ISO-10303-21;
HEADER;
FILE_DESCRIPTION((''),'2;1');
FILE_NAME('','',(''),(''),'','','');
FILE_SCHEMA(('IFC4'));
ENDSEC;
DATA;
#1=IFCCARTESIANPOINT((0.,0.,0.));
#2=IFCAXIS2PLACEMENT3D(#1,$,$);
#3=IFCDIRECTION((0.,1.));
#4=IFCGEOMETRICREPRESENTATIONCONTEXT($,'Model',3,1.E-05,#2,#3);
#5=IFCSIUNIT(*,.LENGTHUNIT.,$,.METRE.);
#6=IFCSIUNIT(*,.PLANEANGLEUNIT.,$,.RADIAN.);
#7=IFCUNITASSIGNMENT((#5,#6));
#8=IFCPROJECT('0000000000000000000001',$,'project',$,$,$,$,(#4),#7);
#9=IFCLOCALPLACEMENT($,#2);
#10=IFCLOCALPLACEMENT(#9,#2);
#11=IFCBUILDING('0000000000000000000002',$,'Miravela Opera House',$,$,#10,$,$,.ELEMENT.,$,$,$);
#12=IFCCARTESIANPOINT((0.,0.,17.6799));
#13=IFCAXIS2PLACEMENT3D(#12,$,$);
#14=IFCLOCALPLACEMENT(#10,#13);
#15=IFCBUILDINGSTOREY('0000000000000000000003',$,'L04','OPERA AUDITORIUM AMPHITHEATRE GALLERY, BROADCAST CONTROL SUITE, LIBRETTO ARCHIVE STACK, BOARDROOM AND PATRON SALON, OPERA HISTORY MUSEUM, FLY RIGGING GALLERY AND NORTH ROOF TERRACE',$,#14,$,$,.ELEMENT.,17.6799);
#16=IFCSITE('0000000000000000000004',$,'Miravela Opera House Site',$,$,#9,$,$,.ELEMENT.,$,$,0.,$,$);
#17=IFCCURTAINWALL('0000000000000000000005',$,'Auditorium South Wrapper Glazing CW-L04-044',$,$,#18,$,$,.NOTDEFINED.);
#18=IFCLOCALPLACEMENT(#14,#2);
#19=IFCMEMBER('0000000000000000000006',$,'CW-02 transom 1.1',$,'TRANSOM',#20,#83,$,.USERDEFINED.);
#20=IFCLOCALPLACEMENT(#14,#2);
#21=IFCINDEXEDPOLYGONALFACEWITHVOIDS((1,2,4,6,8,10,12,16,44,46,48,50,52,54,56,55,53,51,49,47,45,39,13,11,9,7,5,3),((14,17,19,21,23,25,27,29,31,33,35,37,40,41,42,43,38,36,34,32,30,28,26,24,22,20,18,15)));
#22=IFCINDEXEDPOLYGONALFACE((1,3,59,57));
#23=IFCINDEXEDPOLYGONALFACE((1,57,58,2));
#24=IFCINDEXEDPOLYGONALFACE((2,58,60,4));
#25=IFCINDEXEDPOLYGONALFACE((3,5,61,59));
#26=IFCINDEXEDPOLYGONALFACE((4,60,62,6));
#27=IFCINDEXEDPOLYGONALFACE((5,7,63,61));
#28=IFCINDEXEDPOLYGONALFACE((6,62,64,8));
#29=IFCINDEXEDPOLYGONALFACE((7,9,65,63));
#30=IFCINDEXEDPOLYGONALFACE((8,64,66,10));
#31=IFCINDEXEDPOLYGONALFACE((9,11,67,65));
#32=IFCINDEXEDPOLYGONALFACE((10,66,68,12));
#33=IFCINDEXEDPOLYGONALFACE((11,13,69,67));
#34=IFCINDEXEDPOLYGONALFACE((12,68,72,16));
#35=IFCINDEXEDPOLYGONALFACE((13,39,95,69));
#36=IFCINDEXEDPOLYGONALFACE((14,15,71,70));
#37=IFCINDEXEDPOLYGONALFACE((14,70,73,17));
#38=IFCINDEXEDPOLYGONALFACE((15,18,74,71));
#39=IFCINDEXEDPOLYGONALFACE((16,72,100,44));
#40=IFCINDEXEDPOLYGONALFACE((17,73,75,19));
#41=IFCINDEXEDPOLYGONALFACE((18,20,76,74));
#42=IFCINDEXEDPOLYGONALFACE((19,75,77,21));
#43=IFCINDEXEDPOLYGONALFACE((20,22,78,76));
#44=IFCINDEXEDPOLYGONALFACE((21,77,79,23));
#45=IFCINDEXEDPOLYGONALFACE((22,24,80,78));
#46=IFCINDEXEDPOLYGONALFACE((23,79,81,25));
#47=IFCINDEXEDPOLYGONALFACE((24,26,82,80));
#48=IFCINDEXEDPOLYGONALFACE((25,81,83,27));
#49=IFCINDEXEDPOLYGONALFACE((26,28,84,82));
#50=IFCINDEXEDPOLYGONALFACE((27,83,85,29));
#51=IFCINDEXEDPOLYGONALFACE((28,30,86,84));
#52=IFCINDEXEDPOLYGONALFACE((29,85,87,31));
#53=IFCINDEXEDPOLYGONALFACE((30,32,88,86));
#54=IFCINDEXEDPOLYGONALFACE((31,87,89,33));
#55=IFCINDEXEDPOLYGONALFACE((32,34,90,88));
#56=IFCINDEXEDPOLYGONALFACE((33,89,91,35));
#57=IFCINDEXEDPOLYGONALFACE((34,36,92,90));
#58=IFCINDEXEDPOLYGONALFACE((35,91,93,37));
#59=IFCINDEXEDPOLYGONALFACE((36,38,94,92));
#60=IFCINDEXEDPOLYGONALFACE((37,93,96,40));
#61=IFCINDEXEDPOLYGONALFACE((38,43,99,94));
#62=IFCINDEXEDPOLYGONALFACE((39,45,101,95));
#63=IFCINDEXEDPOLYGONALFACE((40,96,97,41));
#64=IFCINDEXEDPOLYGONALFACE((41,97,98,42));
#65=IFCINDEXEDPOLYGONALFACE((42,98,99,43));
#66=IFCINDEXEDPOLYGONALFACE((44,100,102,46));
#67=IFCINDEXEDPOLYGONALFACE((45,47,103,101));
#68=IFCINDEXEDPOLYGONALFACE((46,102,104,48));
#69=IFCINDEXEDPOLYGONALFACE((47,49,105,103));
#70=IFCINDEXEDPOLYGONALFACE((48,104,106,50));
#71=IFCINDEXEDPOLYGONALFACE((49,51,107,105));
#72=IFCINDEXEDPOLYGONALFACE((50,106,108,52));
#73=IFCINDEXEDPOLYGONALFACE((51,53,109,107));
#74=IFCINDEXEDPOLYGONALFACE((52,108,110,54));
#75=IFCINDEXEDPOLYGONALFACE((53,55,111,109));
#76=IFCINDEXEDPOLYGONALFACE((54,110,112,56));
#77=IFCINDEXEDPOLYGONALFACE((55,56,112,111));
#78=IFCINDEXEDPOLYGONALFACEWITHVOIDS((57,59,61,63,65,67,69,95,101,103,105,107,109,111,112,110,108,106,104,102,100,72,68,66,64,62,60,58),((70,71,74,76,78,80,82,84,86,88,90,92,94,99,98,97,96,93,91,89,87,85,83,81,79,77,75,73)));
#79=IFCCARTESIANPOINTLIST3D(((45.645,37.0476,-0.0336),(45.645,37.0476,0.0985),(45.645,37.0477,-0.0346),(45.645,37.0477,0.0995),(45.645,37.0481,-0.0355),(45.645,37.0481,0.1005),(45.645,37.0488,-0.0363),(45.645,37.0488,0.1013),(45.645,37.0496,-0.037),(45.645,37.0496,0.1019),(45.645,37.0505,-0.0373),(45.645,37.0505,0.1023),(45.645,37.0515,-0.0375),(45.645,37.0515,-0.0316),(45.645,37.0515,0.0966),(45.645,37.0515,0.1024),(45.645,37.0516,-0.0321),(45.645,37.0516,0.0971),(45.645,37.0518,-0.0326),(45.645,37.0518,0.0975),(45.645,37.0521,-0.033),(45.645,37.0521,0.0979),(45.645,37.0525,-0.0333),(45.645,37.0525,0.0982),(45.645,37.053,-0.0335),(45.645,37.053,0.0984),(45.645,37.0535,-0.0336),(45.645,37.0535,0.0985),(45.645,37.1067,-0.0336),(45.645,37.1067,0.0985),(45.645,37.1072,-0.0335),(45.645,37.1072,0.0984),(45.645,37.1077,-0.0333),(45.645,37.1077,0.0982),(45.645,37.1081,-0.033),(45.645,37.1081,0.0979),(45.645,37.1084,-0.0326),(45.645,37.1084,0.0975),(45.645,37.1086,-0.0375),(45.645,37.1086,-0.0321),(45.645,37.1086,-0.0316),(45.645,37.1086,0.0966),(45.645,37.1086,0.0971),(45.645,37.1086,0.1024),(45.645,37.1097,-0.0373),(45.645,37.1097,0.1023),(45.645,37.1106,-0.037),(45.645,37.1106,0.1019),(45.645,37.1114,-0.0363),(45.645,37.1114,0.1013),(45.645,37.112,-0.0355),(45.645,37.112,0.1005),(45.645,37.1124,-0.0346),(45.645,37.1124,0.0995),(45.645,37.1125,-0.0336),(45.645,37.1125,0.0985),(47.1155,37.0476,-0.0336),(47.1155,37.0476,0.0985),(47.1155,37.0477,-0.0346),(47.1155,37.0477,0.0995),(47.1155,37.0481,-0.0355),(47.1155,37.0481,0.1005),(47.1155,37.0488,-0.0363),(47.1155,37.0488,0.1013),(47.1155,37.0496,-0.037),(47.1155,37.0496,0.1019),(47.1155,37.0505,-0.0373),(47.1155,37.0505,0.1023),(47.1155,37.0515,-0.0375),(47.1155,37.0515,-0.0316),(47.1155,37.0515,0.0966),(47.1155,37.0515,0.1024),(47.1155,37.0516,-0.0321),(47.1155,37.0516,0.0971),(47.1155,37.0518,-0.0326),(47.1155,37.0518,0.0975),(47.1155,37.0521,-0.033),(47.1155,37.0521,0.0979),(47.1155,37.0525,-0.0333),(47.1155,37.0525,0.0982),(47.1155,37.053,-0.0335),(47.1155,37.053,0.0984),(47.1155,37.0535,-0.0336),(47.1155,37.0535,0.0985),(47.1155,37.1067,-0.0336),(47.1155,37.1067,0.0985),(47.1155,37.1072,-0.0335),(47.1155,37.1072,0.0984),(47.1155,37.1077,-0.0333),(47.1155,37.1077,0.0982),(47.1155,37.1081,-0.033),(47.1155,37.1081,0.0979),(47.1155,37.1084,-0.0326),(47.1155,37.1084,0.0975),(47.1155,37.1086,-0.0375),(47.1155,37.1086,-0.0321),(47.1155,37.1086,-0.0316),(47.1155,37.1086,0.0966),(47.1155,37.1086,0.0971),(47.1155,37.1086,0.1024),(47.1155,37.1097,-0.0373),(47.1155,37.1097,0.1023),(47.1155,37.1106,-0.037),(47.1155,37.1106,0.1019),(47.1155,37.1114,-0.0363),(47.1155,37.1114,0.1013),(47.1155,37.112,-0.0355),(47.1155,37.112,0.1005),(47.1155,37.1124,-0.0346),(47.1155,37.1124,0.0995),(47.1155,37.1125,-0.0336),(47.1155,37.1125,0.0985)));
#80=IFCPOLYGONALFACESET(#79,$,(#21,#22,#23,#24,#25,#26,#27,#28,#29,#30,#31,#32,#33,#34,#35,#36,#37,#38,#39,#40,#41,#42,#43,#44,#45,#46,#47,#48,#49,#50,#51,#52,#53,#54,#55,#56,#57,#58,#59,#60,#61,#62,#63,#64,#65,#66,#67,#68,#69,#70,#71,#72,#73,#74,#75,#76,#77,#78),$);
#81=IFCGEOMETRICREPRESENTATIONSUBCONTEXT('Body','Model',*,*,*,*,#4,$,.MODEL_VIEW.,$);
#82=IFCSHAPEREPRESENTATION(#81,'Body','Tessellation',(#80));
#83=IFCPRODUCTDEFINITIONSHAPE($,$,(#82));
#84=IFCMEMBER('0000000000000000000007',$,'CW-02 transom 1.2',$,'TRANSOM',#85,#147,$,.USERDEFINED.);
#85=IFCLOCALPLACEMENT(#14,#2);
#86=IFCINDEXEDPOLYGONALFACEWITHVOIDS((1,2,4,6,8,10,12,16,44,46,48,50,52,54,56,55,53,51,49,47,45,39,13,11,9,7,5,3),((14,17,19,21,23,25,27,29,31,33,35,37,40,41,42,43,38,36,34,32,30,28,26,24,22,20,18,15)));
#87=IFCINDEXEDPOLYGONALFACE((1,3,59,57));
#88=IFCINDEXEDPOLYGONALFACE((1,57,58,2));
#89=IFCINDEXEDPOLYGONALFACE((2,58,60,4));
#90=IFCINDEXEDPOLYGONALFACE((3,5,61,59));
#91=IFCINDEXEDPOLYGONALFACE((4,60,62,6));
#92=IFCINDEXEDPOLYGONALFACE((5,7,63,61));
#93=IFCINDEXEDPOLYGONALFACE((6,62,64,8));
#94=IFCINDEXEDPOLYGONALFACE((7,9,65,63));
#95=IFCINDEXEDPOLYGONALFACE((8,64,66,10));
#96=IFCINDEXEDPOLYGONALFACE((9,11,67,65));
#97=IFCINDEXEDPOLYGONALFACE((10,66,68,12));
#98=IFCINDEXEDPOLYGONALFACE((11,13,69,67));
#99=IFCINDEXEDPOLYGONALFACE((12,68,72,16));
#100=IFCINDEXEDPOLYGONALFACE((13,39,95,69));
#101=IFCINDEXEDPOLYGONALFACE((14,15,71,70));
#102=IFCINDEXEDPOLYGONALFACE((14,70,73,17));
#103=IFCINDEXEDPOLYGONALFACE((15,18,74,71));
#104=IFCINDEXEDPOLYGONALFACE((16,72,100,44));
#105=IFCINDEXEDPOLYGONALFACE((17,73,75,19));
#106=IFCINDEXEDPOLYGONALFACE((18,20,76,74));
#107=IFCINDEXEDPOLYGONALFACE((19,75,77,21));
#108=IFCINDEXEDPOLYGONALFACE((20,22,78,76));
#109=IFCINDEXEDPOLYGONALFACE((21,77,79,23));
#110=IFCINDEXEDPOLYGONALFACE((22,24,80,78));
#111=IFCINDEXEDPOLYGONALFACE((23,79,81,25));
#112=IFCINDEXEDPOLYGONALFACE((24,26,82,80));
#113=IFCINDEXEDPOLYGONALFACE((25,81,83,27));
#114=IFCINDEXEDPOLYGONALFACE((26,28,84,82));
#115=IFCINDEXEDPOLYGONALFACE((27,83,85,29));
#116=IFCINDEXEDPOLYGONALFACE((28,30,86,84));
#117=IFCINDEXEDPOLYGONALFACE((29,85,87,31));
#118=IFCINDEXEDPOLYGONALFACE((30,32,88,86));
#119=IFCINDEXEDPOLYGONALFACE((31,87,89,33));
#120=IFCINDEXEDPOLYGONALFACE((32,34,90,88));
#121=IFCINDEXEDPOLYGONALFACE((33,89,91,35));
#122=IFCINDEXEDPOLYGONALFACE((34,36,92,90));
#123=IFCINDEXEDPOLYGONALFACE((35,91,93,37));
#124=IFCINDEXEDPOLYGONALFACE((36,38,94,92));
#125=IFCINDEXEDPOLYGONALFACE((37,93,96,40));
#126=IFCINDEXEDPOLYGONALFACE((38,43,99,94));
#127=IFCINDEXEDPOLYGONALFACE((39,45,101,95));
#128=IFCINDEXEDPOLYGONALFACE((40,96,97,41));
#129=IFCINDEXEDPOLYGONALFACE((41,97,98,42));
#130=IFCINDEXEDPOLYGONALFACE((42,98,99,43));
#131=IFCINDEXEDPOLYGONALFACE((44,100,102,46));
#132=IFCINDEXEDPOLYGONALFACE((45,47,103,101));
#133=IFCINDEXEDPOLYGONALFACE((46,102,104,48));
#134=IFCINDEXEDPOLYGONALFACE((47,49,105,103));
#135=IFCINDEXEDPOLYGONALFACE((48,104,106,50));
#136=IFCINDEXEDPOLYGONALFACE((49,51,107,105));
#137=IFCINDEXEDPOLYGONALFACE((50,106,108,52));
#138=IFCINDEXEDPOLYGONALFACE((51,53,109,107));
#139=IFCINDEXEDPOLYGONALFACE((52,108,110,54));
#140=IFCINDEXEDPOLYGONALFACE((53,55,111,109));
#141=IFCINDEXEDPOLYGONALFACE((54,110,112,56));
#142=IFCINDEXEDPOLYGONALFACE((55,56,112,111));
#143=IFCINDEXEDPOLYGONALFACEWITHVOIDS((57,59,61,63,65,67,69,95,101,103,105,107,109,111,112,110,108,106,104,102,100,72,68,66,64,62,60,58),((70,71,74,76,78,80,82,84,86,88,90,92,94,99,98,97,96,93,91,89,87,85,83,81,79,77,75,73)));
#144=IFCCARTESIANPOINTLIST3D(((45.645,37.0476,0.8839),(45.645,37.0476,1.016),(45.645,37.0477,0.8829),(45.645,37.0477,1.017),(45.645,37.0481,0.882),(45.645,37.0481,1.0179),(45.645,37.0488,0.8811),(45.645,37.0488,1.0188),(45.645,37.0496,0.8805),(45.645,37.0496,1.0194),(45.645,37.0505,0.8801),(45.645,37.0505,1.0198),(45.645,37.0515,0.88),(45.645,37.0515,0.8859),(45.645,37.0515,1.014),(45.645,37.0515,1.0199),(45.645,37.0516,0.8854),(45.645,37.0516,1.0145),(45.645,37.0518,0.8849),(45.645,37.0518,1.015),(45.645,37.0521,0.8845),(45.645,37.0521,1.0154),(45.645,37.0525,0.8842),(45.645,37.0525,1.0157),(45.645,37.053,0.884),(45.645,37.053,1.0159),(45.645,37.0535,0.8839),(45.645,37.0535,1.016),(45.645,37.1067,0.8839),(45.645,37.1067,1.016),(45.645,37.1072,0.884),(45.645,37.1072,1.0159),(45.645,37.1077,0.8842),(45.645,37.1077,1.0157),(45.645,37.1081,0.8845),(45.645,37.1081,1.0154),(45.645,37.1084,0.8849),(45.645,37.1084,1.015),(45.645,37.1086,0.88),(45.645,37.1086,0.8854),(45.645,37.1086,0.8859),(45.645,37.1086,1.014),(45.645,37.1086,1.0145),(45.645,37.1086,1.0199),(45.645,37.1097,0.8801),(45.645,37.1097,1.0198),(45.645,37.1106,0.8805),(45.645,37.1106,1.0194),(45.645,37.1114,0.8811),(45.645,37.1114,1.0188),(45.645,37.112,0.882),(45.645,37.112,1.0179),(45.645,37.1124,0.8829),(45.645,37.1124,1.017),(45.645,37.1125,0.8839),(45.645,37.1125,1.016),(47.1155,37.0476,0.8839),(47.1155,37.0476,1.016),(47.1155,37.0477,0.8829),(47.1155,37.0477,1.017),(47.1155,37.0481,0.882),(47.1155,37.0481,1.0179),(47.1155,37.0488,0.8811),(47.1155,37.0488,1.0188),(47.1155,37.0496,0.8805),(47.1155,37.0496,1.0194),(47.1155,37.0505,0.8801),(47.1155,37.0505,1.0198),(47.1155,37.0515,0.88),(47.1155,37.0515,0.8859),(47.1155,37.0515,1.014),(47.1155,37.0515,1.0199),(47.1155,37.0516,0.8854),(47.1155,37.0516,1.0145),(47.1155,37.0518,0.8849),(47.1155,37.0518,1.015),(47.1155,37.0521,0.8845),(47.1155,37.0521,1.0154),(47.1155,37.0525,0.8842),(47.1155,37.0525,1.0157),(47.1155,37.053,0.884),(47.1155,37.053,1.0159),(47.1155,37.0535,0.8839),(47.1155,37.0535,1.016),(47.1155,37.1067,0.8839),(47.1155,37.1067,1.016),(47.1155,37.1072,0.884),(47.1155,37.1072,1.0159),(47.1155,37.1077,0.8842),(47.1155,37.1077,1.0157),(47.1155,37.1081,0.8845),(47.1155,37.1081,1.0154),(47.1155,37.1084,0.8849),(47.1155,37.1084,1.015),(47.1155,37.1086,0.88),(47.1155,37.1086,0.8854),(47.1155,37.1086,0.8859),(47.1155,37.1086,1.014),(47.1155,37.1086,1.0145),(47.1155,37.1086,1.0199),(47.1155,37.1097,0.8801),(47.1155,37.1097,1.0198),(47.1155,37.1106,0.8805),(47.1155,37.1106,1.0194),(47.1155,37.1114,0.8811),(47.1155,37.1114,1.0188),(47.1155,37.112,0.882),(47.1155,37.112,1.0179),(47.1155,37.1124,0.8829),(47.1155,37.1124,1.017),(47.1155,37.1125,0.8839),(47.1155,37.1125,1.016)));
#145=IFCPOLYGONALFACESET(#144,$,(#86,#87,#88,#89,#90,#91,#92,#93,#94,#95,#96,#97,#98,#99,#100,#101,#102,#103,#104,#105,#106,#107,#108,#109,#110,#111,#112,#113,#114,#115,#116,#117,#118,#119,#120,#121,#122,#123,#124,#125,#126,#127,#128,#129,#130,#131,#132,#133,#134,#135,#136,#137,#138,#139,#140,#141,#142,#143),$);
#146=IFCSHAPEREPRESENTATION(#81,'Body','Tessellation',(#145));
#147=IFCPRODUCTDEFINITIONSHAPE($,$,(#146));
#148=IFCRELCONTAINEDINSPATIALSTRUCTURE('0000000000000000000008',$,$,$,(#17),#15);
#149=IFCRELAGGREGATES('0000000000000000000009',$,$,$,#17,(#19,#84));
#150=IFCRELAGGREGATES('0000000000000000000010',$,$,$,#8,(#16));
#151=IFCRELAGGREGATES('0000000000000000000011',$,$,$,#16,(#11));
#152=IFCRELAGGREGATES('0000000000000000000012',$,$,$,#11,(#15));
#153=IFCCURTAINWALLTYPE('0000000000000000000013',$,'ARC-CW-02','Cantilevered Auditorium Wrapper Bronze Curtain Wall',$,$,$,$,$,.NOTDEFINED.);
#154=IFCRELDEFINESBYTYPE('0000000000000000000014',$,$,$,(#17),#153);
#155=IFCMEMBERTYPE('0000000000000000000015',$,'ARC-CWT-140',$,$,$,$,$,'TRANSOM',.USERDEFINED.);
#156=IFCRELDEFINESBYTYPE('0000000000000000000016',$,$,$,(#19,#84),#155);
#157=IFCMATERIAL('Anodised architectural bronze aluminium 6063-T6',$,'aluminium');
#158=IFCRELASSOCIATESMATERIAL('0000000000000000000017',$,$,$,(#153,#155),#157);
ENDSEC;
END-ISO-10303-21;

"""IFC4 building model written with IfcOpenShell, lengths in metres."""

from ifc_helpers import new_model, si_unit, direction, frame, origin, origin_2d, place, context, subcontext, project, spatial, hollow_rectangle, extrude, material, material_profile, profile_set, type_object, element, aggregate, save


model = new_model("IFC4")

# Units and contexts
model_context = context("Model", 3, precision=1e-05, world=origin(), true_north=direction((0.0, 1.0)))
body_context = subcontext(model_context, "Body", "Model", "MODEL_VIEW")
ifc_project = project(units=[si_unit("LENGTHUNIT", "METRE"), si_unit("PLANEANGLEUNIT", "RADIAN")], contexts=[model_context])

# Site, building, storey
site_placement = place(None, origin())
site = spatial("IfcSite", under=ifc_project, at=site_placement, Name="Miravela Opera House Site", CompositionType="ELEMENT", RefElevation=0.0)
building_placement = place(site_placement, origin())
building = spatial("IfcBuilding", under=site, at=building_placement, Name="Miravela Opera House", CompositionType="ELEMENT")
storey_placement = place(building_placement, frame((0.0, 0.0, 17.6799)))
storey = spatial("IfcBuildingStorey", under=building, at=storey_placement, Name="L04", Description="OPERA AUDITORIUM AMPHITHEATRE GALLERY, BROADCAST CONTROL SUITE, LIBRETTO ARCHIVE STACK, BOARDROOM AND PATRON SALON, OPERA HISTORY MUSEUM, FLY RIGGING GALLERY AND NORTH ROOF TERRACE", CompositionType="ELEMENT", Elevation=17.6799)

# Curtain wall
ifc_material_1 = material(Name="Anodised architectural bronze aluminium 6063-T6", Category="aluminium")
curtain_wall_type = type_object("IfcCurtainWallType", Name="ARC-CW-02", Description="Cantilevered Auditorium Wrapper Bronze Curtain Wall", PredefinedType="NOTDEFINED", material=ifc_material_1)
curtain_wall_1_placement = place(storey_placement, origin())
curtain_wall_1 = element("IfcCurtainWall", 1, at=curtain_wall_1_placement, inside=storey, type_object=curtain_wall_type, Name="Auditorium South Wrapper Glazing CW-L04-044", PredefinedType="NOTDEFINED")

# Members
ifc_material_profile_1 = material_profile(ifc_material_1, hollow_rectangle(XDim=0.0649, YDim=0.1399, WallThickness=0.0039, InnerFilletRadius=0.002, OuterFilletRadius=0.0039, at=origin_2d()), Name="CWT-65X140")
ifc_profile_set_1 = profile_set([ifc_material_profile_1])
member_type_1 = type_object("IfcMemberType", Name="ARC-CWT-140", ElementType="TRANSOM", PredefinedType="USERDEFINED", material=ifc_profile_set_1)
member_1_placement = place(storey_placement, frame((45.645, 37.0801, 0.0325), z_axis=(1.0, 0.0, 0.0), x_axis=(0.0, 1.0, 0.0)))
member_1 = element("IfcMember", 2, at=member_1_placement, type_object=member_type_1, Name="CW-02 transom 1.1", ObjectType="TRANSOM", PredefinedType="USERDEFINED", context=body_context, shape_type="SweptSolid", body=[
    extrude(hollow_rectangle(XDim=0.0649, YDim=0.1399, WallThickness=0.0039, InnerFilletRadius=0.002, OuterFilletRadius=0.0039, at=origin_2d()), origin(), (0.0, 0.0, 1.0), 1.4705),
])
member_2_placement = place(storey_placement, frame((45.645, 37.0801, 0.95), z_axis=(1.0, 0.0, 0.0), x_axis=(0.0, 1.0, 0.0)))
member_2 = element("IfcMember", 3, at=member_2_placement, type_object=member_type_1, Name="CW-02 transom 1.2", ObjectType="TRANSOM", PredefinedType="USERDEFINED", context=body_context, shape_type="SweptSolid", body=[
    extrude(hollow_rectangle(XDim=0.0649, YDim=0.1399, WallThickness=0.0039, InnerFilletRadius=0.002, OuterFilletRadius=0.0039, at=origin_2d()), origin(), (0.0, 0.0, 1.0), 1.4705),
])

aggregate(curtain_wall_1, [member_1, member_2])

save(model, "model.ifc")
